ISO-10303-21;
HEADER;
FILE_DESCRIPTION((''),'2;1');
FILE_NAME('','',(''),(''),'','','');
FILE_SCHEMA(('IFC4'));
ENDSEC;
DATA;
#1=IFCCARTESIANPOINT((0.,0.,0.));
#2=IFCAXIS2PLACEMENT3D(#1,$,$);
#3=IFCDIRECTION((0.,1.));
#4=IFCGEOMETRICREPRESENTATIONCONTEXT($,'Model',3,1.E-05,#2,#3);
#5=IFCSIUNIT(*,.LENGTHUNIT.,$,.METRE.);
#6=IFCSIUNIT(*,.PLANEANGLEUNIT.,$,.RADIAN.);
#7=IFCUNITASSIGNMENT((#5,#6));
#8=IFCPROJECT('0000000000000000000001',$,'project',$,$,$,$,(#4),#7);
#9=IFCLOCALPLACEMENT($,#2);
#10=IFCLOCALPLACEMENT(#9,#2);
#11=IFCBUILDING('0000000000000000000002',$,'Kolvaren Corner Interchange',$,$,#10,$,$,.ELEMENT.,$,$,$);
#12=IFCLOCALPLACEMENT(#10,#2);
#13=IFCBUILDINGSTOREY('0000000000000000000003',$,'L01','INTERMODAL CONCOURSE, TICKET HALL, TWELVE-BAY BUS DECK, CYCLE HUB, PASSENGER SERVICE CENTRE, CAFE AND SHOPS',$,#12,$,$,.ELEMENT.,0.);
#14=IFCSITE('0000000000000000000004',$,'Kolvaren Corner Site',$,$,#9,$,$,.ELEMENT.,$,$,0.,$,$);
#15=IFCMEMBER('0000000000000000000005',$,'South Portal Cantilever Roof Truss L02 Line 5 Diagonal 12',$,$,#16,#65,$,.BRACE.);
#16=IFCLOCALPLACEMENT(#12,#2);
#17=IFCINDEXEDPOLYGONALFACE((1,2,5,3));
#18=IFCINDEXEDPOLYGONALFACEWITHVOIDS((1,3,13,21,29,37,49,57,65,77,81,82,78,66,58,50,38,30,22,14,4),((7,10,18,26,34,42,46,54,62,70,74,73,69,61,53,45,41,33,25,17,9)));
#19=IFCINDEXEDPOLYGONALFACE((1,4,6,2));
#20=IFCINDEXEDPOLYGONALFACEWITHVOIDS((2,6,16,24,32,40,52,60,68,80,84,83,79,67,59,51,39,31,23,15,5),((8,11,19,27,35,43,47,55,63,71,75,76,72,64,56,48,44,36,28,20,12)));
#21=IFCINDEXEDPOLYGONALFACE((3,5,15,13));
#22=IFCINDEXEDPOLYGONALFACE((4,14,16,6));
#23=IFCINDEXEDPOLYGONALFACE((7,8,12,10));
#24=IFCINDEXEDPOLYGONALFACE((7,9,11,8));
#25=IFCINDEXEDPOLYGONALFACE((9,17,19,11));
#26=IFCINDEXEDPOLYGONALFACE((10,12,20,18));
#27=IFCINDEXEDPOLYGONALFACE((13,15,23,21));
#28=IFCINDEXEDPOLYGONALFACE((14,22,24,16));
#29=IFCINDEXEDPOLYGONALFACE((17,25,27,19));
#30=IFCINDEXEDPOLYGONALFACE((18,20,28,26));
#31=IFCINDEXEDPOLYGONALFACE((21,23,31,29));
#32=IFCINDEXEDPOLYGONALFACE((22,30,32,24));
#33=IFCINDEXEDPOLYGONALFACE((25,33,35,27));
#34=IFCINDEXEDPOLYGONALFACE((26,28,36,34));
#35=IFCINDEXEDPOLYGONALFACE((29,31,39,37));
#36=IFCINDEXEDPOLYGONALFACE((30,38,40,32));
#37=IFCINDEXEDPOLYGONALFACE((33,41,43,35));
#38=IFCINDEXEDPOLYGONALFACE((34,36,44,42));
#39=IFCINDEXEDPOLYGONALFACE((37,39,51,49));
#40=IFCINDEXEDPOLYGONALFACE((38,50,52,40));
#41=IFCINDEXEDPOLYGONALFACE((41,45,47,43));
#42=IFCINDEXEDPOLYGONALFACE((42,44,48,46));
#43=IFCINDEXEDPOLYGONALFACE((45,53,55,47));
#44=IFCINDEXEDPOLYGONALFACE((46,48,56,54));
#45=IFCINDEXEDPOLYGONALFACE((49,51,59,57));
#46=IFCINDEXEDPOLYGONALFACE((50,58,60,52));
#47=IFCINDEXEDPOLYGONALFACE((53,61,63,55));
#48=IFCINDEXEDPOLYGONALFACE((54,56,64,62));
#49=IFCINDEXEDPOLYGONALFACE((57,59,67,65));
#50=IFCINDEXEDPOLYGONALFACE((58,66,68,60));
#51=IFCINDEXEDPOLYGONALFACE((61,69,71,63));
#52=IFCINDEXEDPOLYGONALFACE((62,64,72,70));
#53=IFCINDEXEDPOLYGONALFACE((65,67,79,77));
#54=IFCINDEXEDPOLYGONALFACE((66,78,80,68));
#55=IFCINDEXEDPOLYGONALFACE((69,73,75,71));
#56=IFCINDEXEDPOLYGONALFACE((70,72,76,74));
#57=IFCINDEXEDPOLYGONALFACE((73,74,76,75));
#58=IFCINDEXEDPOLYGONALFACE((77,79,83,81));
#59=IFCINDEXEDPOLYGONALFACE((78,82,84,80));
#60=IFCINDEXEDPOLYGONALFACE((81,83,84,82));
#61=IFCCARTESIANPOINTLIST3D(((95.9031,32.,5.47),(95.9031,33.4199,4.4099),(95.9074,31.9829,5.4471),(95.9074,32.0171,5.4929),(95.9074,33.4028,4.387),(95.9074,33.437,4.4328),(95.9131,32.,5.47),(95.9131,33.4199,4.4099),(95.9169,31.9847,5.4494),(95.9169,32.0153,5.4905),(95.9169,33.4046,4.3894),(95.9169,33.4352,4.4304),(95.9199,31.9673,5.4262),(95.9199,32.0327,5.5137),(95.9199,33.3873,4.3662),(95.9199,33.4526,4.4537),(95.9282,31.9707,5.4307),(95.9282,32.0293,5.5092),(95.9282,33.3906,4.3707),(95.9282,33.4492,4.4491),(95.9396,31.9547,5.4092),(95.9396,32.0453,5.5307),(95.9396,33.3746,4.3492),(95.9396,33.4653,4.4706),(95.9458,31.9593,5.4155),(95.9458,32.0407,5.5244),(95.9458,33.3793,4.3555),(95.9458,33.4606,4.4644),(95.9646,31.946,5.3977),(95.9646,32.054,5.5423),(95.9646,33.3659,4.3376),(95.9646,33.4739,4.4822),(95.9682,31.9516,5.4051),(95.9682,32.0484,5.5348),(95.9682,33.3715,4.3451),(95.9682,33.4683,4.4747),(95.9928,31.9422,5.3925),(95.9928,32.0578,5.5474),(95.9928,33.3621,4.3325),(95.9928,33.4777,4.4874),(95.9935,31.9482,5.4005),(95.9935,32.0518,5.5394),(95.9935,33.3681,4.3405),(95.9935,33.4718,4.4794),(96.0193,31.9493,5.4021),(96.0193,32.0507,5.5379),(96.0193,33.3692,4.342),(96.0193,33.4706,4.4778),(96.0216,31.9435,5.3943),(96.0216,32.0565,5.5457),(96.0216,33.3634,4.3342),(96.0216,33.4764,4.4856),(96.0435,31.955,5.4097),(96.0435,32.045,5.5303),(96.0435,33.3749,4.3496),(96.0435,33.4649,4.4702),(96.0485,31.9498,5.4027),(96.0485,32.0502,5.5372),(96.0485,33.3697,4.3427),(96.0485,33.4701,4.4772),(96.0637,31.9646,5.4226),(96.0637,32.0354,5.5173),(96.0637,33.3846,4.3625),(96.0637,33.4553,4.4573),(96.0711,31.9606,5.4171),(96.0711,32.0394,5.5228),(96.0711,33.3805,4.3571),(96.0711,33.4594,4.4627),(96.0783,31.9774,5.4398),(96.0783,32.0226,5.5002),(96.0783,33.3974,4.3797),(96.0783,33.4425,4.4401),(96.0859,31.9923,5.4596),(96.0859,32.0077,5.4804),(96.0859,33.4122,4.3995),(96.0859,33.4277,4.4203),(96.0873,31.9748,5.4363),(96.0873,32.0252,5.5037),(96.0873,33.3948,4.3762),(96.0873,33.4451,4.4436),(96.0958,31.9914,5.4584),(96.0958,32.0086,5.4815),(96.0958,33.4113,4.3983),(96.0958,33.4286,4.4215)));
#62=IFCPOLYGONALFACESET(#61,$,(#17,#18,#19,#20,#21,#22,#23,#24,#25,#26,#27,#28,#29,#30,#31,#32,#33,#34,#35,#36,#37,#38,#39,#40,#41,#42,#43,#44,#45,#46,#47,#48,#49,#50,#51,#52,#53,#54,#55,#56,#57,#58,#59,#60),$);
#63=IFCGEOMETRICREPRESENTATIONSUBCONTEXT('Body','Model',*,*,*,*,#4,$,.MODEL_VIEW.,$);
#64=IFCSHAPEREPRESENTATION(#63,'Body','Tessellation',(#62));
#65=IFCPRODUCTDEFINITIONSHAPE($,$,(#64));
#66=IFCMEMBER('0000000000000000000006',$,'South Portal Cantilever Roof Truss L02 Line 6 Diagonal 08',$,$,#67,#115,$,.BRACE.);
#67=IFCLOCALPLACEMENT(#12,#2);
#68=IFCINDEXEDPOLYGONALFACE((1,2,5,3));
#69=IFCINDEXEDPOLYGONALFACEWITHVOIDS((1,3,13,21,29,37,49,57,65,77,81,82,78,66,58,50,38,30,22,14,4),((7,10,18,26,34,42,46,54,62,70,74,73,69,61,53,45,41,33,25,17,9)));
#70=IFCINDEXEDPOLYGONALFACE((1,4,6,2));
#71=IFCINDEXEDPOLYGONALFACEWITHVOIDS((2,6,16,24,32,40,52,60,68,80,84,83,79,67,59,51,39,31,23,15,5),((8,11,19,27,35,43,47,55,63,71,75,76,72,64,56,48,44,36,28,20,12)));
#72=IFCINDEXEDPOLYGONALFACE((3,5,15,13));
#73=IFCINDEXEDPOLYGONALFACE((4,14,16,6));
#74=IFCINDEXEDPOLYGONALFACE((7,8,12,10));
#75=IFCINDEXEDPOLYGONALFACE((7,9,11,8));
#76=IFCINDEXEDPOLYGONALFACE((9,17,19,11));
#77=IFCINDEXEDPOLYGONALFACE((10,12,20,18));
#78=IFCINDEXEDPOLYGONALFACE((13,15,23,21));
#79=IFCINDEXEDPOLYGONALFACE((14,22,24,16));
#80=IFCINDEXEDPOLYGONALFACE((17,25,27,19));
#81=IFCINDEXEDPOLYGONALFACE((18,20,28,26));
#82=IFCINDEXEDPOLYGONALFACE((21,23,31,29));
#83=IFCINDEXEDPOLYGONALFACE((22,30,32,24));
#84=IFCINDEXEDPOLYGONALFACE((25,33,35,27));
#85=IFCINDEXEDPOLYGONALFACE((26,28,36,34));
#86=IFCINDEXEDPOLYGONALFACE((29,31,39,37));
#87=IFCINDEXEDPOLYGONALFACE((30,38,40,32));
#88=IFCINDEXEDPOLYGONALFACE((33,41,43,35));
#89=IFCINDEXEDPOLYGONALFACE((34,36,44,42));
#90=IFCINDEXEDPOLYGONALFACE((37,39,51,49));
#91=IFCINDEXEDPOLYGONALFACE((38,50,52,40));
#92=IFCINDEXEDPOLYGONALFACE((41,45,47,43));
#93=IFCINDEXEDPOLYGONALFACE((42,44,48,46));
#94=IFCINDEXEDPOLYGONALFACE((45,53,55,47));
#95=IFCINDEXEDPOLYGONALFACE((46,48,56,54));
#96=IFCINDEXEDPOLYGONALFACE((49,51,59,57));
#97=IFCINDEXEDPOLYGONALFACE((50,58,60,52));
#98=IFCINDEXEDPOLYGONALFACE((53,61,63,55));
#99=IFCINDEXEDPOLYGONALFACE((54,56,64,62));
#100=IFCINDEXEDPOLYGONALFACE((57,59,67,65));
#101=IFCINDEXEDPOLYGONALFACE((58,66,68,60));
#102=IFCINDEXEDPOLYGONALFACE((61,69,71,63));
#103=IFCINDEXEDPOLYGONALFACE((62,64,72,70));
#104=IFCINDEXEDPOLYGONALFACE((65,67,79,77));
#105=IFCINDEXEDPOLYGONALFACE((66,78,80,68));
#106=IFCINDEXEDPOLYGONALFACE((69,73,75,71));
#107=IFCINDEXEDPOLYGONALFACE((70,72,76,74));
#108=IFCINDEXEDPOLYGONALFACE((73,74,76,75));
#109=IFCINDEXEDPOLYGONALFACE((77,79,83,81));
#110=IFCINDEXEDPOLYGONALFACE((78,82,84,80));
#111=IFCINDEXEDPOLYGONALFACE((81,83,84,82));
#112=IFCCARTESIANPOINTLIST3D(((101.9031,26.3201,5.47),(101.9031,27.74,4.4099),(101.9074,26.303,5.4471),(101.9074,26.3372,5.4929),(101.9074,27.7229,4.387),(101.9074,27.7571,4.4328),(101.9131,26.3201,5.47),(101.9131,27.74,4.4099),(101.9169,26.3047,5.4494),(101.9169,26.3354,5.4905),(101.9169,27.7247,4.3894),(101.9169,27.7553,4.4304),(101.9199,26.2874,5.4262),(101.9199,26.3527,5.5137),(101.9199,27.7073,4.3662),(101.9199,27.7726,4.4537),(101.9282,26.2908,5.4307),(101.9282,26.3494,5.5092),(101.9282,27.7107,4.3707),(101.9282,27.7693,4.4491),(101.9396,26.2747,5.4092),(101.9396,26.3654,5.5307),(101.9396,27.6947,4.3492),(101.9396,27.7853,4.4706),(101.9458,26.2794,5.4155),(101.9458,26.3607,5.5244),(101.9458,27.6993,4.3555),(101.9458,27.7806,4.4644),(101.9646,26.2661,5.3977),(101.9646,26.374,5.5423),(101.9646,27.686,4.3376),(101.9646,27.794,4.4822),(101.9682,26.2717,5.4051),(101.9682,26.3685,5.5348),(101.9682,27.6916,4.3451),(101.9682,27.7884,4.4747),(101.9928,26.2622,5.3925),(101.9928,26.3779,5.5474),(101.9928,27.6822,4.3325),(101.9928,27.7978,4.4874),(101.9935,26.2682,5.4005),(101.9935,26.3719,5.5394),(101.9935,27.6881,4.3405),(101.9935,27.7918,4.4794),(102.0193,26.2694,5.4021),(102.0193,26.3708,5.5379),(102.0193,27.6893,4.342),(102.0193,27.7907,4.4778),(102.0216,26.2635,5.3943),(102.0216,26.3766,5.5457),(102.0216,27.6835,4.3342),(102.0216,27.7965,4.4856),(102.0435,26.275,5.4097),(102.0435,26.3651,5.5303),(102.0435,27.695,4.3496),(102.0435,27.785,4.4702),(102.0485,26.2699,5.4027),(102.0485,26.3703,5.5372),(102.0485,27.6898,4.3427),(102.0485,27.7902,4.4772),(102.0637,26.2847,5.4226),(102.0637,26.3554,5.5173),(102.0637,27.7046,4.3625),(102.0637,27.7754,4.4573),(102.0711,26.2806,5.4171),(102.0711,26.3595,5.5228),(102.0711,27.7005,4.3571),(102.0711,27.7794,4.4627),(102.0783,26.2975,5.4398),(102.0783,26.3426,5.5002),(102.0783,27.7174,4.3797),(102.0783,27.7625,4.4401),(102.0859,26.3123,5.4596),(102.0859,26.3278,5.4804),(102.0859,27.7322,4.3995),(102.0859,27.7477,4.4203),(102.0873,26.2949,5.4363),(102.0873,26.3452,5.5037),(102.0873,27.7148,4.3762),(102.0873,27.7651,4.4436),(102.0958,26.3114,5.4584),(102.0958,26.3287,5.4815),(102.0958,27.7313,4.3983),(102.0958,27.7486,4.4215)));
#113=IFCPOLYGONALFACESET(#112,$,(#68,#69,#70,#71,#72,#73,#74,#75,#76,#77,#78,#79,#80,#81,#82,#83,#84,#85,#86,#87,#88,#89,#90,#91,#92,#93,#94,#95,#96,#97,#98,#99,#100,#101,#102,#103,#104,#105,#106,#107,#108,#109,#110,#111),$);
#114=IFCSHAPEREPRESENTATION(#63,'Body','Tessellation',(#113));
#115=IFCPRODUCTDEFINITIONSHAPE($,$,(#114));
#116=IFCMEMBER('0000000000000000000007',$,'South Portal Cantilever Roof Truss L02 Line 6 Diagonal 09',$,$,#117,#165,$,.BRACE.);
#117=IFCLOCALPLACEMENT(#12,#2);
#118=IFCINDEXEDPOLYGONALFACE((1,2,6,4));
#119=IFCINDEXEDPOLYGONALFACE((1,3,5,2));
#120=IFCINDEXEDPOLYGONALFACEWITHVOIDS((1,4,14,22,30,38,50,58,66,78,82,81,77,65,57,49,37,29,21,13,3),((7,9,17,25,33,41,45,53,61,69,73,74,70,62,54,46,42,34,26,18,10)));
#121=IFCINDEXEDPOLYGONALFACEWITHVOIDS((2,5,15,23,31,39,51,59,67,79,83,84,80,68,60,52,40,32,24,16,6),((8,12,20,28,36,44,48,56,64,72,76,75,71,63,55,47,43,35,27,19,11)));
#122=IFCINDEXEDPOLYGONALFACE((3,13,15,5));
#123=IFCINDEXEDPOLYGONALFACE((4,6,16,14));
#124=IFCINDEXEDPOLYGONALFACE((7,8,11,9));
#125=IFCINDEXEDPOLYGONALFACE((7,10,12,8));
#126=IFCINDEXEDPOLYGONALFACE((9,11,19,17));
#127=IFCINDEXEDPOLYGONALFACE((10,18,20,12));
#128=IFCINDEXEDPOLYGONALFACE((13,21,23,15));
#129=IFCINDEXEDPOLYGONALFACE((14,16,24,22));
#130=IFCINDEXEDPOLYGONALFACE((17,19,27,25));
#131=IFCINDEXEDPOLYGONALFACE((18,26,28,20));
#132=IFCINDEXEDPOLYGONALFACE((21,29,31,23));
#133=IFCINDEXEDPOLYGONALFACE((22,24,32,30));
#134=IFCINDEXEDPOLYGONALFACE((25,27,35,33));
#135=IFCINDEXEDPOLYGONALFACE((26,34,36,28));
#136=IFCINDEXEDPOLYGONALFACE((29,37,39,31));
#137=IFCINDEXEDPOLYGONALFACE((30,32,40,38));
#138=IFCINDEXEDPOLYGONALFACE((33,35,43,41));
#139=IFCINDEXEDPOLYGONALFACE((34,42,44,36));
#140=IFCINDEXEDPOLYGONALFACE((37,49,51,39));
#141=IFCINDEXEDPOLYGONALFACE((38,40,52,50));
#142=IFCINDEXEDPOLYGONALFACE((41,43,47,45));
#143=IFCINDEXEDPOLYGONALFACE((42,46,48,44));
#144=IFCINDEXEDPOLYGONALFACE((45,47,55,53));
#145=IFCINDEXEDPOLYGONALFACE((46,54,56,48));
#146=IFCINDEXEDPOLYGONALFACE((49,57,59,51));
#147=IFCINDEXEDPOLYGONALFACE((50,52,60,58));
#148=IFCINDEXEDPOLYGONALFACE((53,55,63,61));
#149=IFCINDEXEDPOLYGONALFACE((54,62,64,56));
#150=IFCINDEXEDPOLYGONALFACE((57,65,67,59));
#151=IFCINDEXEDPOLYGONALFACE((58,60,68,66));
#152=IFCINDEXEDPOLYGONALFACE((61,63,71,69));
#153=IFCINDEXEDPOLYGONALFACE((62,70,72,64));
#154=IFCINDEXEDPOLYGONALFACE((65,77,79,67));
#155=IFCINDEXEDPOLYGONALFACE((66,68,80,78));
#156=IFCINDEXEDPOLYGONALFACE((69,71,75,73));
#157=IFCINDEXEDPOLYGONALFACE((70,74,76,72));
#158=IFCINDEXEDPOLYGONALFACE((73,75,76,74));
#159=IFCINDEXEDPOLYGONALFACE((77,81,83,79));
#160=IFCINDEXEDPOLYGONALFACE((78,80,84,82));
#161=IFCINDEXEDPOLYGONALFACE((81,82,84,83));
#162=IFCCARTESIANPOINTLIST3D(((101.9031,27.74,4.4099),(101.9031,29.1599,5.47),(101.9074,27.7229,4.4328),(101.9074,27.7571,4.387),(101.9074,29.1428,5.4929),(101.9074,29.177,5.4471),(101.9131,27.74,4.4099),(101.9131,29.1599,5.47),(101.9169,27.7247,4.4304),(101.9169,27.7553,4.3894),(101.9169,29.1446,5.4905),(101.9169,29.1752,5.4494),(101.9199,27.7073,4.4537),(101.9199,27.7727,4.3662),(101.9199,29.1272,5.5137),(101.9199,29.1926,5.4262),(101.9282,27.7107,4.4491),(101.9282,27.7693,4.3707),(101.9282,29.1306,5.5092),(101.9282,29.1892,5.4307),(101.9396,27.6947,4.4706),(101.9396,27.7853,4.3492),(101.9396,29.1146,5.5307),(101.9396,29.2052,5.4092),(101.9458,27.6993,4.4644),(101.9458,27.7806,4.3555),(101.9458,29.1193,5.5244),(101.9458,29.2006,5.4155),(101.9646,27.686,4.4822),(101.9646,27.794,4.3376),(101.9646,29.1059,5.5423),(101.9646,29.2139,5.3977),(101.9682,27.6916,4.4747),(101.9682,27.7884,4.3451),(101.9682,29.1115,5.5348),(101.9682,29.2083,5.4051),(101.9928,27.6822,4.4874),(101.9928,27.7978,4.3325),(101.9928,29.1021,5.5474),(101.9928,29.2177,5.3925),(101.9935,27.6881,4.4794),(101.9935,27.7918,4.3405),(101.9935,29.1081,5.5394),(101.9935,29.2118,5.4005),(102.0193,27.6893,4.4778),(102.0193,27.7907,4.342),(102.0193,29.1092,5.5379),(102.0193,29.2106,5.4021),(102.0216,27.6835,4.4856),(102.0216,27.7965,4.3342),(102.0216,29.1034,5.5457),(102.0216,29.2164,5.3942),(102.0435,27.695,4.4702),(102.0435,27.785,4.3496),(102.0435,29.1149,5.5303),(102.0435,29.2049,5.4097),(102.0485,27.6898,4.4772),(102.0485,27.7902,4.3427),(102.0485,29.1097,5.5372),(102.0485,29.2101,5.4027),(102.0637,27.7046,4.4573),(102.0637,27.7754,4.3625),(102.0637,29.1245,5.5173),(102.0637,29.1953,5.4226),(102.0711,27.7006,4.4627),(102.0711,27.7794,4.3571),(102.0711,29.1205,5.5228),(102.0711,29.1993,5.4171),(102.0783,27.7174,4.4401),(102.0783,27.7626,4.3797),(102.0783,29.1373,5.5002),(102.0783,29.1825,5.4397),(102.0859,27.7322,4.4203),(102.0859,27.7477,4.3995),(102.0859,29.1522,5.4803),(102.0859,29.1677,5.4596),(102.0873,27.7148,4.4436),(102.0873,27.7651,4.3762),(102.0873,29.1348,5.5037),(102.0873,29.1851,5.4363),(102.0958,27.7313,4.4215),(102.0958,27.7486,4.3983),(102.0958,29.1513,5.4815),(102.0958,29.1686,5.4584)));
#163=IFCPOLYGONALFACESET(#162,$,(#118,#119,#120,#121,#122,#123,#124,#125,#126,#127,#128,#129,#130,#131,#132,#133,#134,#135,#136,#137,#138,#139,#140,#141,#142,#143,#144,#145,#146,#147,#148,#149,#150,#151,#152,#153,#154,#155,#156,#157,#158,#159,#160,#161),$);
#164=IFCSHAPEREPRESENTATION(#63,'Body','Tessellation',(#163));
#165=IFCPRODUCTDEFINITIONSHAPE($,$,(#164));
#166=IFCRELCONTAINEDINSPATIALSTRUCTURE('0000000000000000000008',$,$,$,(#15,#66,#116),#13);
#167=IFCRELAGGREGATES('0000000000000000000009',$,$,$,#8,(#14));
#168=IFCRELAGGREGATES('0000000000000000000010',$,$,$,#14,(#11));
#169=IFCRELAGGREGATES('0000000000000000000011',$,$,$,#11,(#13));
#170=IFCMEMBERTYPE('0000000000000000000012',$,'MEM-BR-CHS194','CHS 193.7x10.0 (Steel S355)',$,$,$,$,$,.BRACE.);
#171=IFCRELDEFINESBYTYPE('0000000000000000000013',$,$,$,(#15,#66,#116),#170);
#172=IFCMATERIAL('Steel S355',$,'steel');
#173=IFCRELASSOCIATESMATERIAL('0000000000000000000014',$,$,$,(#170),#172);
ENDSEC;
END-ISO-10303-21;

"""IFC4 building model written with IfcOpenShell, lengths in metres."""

from ifc_helpers import new_model, si_unit, direction, frame, origin, origin_2d, place, context, subcontext, project, spatial, hollow_circle, extrude, material, material_profile, profile_set, type_object, element, save


model = new_model("IFC4")

# Units and contexts
model_context = context("Model", 3, precision=1e-05, world=origin(), true_north=direction((0.0, 1.0)))
body_context = subcontext(model_context, "Body", "Model", "MODEL_VIEW")
ifc_project = project(units=[si_unit("LENGTHUNIT", "METRE"), si_unit("PLANEANGLEUNIT", "RADIAN")], contexts=[model_context])

# Site, building, storey
site_placement = place(None, origin())
site = spatial("IfcSite", under=ifc_project, at=site_placement, Name="Kolvaren Corner Site", CompositionType="ELEMENT", RefElevation=0.0)
building_placement = place(site_placement, origin())
building = spatial("IfcBuilding", under=site, at=building_placement, Name="Kolvaren Corner Interchange", CompositionType="ELEMENT")
storey_placement = place(building_placement, origin())
storey = spatial("IfcBuildingStorey", under=building, at=storey_placement, Name="L01", Description="INTERMODAL CONCOURSE, TICKET HALL, TWELVE-BAY BUS DECK, CYCLE HUB, PASSENGER SERVICE CENTRE, CAFE AND SHOPS", CompositionType="ELEMENT", Elevation=0.0)

# Members
ifc_material_1 = material(Name="Steel S355", Category="steel")
ifc_material_profile_1 = material_profile(ifc_material_1, hollow_circle(Radius=0.0969, WallThickness=0.01, at=origin_2d()), Name="CHS 193.7x10.0")
ifc_profile_set_1 = profile_set([ifc_material_profile_1], Name="Steel S355")
member_type_1 = type_object("IfcMemberType", Name="MEM-BR-CHS194", Description="CHS 193.7x10.0 (Steel S355)", PredefinedType="BRACE", material=ifc_profile_set_1)
for number, where, z_axis, x_axis, name in (
    (1, (96.0, 32.0, 5.47), (0.0, 0.801321, -0.598235), (-1.0, 0.0, 0.0), "South Portal Cantilever Roof Truss L02 Line 5 Diagonal 12"),
    (2, (102.0, 26.3201, 5.47), (0.0, 0.801321, -0.598235), (-1.0, 0.0, 0.0), "South Portal Cantilever Roof Truss L02 Line 6 Diagonal 08"),
    (3, (102.0, 27.74, 4.4099), (0.0, 0.801321, 0.598235), (-1.0, 0.0, 0.0), "South Portal Cantilever Roof Truss L02 Line 6 Diagonal 09"),
):
    element("IfcMember", number, at=place(storey_placement, frame(where, z_axis=z_axis, x_axis=x_axis)), inside=storey, type_object=member_type_1, Name=name, PredefinedType="BRACE", context=body_context, shape_type="SweptSolid", body=[
        extrude(hollow_circle(Radius=0.0969, WallThickness=0.01, at=origin_2d()), origin(), (0.0, 0.0, 1.0), 1.772),
    ])

save(model, "model.ifc")
